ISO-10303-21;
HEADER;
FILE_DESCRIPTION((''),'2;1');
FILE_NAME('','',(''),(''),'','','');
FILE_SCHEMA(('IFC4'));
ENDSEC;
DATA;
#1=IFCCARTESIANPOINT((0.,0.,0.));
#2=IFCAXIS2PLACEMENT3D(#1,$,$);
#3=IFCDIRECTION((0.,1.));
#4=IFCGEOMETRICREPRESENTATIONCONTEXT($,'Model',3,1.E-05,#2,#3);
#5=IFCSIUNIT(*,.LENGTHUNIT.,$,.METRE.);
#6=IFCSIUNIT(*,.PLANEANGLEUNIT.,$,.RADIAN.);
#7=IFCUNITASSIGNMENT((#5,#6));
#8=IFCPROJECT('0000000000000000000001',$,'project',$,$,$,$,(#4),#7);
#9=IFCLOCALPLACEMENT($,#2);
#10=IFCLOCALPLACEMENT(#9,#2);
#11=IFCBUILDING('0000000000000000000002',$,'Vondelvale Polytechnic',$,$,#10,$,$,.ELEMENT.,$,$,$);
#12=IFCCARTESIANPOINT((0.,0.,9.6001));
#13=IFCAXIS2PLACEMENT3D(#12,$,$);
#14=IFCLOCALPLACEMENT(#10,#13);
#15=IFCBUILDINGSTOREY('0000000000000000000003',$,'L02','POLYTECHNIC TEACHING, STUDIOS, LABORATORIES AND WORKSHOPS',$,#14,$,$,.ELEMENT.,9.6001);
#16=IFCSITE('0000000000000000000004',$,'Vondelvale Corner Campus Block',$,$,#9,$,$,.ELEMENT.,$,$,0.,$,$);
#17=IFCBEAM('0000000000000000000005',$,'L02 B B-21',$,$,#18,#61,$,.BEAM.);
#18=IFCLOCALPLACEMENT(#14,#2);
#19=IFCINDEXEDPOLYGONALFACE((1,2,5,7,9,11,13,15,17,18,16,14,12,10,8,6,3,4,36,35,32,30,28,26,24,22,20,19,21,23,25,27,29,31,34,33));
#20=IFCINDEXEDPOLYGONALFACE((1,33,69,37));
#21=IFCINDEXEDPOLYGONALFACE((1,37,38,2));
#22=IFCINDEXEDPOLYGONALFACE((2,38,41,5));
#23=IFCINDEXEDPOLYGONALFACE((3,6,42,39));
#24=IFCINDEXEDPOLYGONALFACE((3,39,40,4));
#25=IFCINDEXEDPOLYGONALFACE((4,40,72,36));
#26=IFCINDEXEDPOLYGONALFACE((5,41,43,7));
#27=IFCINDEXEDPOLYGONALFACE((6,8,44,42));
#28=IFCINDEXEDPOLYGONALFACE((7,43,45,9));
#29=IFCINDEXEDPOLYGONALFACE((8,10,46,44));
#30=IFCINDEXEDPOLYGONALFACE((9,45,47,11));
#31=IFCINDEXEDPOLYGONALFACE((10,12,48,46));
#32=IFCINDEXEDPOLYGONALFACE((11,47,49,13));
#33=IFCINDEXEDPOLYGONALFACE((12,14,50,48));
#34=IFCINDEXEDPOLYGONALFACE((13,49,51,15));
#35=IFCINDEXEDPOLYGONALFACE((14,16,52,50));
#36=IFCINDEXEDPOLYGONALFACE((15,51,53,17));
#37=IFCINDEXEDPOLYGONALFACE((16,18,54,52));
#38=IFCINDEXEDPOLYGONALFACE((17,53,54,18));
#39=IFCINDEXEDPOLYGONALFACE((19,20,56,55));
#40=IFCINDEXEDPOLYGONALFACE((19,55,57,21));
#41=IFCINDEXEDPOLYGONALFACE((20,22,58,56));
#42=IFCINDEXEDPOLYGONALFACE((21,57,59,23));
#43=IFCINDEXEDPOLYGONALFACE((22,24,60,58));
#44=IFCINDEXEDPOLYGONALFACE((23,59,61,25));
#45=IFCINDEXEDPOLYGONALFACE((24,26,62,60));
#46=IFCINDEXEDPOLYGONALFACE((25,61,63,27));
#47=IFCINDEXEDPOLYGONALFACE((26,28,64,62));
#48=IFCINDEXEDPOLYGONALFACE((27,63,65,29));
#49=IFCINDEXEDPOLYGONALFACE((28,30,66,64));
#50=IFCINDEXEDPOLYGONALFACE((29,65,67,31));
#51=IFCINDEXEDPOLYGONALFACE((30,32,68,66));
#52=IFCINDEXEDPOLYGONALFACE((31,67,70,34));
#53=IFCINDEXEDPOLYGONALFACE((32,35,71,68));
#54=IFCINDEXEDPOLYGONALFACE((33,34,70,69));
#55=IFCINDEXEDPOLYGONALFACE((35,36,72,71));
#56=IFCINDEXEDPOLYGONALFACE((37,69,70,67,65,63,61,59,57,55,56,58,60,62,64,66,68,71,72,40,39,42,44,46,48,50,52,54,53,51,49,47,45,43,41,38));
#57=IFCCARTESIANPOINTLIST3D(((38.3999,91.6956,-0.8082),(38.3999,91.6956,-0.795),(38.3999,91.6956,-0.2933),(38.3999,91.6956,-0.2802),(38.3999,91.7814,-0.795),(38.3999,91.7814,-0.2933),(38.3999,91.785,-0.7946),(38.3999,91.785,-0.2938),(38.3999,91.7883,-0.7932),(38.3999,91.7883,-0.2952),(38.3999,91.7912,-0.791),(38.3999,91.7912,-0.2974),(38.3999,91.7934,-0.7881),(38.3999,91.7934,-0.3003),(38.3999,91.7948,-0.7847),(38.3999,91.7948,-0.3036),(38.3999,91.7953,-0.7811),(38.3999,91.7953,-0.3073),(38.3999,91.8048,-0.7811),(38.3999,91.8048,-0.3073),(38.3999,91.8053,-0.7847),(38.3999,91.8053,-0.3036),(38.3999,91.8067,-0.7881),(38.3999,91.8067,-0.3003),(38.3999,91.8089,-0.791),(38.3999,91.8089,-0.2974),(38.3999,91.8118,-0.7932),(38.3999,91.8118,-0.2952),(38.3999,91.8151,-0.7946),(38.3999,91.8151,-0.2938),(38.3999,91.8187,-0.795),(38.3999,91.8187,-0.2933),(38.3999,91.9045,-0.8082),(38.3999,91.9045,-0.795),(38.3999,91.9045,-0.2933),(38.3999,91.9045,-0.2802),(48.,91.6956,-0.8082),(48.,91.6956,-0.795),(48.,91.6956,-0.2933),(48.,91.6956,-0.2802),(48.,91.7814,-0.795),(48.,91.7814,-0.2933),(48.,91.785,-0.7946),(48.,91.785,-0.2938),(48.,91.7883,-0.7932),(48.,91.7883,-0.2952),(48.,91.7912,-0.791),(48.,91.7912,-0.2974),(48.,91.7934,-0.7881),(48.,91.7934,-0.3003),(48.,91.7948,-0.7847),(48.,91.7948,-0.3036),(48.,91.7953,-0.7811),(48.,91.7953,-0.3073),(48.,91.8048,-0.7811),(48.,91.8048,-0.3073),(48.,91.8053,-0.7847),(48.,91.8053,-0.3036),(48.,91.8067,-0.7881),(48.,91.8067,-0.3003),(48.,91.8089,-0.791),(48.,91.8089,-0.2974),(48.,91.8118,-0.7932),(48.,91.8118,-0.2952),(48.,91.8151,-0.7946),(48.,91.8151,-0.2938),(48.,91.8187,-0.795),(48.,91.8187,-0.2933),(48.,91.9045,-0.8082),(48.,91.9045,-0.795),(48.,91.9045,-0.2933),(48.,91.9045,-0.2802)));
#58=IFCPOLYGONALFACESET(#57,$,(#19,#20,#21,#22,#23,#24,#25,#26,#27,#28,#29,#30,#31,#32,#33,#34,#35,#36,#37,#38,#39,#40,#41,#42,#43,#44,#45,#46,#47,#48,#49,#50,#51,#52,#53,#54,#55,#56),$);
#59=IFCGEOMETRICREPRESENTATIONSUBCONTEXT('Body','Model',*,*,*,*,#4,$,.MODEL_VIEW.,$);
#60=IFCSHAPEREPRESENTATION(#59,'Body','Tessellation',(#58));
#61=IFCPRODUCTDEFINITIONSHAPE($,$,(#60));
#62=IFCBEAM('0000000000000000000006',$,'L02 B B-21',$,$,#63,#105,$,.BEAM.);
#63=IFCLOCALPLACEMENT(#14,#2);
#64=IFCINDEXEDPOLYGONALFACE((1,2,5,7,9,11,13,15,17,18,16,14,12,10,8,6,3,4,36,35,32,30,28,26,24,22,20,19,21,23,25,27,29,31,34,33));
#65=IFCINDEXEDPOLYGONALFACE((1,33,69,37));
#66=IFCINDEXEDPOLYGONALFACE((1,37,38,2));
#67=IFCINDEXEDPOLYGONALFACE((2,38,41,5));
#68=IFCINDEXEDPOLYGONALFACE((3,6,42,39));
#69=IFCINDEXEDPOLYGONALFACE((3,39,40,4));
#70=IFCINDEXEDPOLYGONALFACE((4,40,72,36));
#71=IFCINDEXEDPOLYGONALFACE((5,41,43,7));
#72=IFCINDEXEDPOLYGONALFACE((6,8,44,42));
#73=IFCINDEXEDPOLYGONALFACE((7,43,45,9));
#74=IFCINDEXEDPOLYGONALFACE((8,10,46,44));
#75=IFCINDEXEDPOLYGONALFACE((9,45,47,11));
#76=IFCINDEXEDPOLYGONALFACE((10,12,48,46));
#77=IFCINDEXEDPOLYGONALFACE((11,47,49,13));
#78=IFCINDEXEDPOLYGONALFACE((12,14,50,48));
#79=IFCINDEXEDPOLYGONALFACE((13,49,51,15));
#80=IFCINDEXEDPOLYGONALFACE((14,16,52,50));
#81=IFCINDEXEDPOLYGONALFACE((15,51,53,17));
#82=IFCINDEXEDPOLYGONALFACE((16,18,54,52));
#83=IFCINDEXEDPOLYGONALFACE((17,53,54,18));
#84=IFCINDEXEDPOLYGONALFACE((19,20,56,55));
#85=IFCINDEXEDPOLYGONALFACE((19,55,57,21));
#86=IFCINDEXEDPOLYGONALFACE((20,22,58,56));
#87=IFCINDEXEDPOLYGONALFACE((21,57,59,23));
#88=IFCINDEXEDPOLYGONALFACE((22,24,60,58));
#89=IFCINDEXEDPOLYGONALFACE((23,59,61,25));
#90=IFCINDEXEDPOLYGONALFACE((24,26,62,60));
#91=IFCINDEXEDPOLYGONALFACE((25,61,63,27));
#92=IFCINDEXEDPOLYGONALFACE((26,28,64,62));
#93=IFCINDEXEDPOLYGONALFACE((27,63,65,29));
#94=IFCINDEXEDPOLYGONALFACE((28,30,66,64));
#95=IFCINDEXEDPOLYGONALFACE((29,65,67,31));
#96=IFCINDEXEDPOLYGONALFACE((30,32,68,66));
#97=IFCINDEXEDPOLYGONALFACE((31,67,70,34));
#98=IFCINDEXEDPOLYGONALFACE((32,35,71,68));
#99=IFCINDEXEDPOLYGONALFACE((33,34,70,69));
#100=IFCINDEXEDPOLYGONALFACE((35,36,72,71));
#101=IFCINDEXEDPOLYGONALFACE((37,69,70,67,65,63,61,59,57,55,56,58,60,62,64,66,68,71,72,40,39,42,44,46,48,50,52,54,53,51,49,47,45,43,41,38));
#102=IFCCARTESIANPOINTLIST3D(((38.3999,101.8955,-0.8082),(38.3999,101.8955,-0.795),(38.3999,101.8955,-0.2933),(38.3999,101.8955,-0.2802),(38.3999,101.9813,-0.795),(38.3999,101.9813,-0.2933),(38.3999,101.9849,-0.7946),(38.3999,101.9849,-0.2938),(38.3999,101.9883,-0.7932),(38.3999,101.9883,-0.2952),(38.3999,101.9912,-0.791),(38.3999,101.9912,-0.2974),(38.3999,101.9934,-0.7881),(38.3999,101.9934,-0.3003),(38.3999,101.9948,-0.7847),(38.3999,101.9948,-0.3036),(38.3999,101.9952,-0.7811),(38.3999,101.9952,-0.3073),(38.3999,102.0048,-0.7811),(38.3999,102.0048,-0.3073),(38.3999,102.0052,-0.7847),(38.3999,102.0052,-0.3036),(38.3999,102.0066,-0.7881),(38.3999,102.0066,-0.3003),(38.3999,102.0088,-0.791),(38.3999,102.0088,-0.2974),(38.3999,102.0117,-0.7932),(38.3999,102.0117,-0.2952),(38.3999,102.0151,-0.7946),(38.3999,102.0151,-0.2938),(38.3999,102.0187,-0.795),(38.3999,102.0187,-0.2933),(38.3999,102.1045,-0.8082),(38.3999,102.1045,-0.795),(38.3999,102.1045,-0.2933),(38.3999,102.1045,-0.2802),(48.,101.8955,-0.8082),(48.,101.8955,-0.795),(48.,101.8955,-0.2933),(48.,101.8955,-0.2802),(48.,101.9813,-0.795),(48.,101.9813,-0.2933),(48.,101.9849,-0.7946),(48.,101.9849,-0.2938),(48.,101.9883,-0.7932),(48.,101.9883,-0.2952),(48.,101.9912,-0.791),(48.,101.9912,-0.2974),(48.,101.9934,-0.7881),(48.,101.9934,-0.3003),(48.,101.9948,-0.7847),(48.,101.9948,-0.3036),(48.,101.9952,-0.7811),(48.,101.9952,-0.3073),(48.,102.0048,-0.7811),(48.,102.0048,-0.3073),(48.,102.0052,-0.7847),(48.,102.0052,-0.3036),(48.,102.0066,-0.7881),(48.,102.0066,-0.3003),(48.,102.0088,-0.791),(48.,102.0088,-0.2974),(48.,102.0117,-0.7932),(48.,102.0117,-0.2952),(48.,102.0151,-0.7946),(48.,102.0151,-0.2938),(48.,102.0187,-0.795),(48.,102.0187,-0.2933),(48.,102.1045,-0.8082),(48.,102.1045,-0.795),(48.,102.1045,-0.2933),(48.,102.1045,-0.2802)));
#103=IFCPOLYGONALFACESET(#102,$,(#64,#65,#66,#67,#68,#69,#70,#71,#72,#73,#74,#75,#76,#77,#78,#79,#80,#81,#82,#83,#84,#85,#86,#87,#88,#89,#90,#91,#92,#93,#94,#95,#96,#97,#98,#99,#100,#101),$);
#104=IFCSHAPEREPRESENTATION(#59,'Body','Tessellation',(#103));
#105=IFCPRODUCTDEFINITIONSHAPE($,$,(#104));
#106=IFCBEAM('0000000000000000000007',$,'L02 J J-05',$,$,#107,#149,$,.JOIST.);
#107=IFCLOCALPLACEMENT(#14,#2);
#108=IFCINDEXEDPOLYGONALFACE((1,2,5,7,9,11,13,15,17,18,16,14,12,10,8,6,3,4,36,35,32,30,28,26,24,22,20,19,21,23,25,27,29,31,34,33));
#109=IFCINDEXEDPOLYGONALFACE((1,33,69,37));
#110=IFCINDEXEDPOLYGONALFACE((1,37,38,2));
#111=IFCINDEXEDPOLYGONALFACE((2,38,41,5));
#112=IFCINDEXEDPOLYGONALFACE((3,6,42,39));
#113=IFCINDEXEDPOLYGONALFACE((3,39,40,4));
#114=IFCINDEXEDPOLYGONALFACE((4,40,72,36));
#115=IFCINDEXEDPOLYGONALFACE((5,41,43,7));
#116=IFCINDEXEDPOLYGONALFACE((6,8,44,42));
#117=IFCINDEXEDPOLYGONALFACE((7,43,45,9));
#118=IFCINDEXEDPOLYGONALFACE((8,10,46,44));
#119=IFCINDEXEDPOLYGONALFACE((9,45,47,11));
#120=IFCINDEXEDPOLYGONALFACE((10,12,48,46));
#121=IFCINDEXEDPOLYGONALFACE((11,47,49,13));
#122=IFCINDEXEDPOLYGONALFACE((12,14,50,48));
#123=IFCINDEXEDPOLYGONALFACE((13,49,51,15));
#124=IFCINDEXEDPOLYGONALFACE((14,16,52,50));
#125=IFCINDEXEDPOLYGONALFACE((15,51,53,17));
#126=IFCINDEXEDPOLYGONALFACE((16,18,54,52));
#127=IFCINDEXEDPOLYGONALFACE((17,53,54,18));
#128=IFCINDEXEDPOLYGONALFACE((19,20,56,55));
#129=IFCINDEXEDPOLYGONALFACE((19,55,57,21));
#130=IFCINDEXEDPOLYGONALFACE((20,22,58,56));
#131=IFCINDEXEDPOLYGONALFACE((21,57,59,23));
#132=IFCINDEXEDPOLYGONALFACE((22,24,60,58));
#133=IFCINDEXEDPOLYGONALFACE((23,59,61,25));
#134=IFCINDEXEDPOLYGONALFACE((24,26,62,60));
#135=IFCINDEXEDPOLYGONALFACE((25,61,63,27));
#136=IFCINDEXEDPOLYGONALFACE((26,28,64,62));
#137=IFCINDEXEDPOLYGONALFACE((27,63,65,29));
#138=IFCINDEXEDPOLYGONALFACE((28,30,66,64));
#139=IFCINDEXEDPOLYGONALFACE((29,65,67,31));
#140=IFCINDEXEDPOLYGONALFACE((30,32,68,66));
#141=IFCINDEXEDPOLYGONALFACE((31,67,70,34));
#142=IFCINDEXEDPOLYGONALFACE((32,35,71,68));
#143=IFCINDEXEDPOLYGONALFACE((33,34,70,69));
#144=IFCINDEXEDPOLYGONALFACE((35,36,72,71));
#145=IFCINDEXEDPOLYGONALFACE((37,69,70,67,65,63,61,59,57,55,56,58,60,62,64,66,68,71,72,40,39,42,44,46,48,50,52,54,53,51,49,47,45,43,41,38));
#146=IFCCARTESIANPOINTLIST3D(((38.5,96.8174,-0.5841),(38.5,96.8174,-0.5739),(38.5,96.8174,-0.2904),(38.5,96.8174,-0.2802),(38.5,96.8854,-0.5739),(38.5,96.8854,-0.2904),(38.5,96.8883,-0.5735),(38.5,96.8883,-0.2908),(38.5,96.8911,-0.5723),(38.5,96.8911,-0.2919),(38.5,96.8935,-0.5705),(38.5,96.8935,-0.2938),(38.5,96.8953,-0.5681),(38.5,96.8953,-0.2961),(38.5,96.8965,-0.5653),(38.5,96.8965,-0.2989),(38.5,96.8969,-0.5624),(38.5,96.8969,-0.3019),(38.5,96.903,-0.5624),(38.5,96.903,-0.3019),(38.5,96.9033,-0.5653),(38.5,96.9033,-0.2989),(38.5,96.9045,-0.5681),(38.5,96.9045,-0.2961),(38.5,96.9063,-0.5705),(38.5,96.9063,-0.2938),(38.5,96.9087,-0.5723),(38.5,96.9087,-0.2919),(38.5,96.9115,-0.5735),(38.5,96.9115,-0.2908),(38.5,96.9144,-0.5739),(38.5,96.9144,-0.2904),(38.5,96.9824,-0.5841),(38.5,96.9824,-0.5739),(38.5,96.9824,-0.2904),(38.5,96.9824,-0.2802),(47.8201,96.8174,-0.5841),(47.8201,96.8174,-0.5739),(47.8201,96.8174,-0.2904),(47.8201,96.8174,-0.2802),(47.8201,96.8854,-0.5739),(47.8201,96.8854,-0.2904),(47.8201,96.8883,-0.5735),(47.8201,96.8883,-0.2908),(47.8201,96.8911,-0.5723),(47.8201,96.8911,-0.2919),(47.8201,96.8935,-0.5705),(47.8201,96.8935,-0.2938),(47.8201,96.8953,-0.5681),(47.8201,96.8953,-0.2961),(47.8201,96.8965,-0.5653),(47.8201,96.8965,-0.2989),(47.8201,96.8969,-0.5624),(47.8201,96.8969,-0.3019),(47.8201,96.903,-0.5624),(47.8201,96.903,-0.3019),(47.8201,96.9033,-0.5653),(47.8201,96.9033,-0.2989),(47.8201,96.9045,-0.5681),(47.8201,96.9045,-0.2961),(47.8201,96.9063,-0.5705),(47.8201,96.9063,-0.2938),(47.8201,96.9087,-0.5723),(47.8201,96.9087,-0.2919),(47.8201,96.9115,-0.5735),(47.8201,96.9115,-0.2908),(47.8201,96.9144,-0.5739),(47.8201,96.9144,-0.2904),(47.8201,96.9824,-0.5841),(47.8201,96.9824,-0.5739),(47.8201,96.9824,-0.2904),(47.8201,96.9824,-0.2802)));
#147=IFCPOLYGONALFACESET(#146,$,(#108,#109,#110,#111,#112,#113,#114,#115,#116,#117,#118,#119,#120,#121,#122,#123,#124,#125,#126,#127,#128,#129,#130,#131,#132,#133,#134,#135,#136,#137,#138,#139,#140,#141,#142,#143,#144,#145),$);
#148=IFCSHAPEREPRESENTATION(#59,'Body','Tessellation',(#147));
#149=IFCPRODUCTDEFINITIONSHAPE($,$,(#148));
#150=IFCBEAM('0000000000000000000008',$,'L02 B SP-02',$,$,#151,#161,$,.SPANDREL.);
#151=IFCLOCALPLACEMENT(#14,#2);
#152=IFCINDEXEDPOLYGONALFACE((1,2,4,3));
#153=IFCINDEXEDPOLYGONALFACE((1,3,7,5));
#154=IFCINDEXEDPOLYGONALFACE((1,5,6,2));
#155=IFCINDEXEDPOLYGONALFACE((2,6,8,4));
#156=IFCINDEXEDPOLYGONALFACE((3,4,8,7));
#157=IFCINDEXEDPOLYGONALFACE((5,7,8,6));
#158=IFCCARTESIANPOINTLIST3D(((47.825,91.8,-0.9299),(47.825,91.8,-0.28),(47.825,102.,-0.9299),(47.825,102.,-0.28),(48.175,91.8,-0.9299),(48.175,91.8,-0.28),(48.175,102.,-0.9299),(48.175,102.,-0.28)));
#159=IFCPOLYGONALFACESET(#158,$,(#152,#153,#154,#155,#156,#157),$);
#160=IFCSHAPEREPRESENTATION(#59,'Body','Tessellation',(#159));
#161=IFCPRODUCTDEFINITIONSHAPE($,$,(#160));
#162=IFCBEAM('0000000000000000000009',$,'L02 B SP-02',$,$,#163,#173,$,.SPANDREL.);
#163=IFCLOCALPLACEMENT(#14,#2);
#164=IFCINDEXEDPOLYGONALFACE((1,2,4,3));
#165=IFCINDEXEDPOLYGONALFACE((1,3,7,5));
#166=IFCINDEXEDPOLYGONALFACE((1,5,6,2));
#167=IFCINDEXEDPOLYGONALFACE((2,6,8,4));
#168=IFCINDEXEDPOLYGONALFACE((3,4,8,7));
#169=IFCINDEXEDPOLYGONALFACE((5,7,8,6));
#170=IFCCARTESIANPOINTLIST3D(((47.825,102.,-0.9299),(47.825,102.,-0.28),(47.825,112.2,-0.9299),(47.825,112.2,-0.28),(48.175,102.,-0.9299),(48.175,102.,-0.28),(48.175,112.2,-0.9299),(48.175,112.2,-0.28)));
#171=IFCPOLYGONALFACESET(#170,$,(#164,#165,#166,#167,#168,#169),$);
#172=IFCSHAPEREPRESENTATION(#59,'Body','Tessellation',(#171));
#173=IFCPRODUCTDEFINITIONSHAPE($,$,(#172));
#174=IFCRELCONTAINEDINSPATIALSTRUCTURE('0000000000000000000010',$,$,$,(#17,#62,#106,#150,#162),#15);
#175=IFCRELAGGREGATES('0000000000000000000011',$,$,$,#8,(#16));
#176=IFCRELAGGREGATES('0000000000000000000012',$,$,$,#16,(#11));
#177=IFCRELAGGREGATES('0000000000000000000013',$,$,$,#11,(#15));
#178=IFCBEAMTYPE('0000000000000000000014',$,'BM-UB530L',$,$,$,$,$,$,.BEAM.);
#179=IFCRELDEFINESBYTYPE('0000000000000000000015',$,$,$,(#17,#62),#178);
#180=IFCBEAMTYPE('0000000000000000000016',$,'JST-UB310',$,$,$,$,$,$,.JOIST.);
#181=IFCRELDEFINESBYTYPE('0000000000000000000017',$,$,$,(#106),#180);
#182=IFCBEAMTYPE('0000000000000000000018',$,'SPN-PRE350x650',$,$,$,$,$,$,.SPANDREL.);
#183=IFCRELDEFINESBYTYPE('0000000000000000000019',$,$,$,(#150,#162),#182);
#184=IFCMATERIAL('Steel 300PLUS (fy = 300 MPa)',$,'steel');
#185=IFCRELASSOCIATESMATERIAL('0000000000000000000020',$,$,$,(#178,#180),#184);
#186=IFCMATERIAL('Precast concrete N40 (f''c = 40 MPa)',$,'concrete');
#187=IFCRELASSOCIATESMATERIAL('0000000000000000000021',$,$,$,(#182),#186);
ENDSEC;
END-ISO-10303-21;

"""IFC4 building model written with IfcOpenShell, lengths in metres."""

from ifc_helpers import new_model, si_unit, direction, frame, origin, origin_2d, place, context, subcontext, project, spatial, rectangle, i_section, extrude, material, material_profile, profile_set, type_object, element, save


model = new_model("IFC4")

# Units and contexts
model_context = context("Model", 3, precision=1e-05, world=origin(), true_north=direction((0.0, 1.0)))
body_context = subcontext(model_context, "Body", "Model", "MODEL_VIEW")
ifc_project = project(units=[si_unit("LENGTHUNIT", "METRE"), si_unit("PLANEANGLEUNIT", "RADIAN")], contexts=[model_context])

# Site, building, storey
site_placement = place(None, origin())
site = spatial("IfcSite", under=ifc_project, at=site_placement, Name="Vondelvale Corner Campus Block", CompositionType="ELEMENT", RefElevation=0.0)
building_placement = place(site_placement, origin())
building = spatial("IfcBuilding", under=site, at=building_placement, Name="Vondelvale Polytechnic", CompositionType="ELEMENT")
storey_placement = place(building_placement, frame((0.0, 0.0, 9.6001)))
storey = spatial("IfcBuildingStorey", under=building, at=storey_placement, Name="L02", Description="POLYTECHNIC TEACHING, STUDIOS, LABORATORIES AND WORKSHOPS", CompositionType="ELEMENT", Elevation=9.6001)

# Beams
ifc_material_1 = material(Name="Steel 300PLUS (fy = 300 MPa)", Category="steel")
ifc_material_profile_1 = material_profile(ifc_material_1, i_section(OverallWidth=0.209, OverallDepth=0.5281, WebThickness=0.0095, FlangeThickness=0.0132, FilletRadius=0.0139, at=origin_2d()), Name="530UB82.0")
ifc_profile_set_1 = profile_set([ifc_material_profile_1], Name="Steel 300PLUS (fy = 300 MPa)")
beam_type_1 = type_object("IfcBeamType", Name="BM-UB530L", PredefinedType="BEAM", material=ifc_profile_set_1)
for number, where, z_axis, x_axis, name in (
    (1, (38.3999, 91.8, -0.5442), (1.0, 0.0, 0.0), (0.0, 1.0, 0.0), "L02 B B-21"),
    (2, (38.3999, 102.0, -0.5442), (1.0, 0.0, 0.0), (0.0, 1.0, 0.0), "L02 B B-21"),
):
    element("IfcBeam", number, at=place(storey_placement, frame(where, z_axis=z_axis, x_axis=x_axis)), inside=storey, type_object=beam_type_1, Name=name, PredefinedType="BEAM", context=body_context, shape_type="SweptSolid", body=[
        extrude(i_section(OverallWidth=0.209, OverallDepth=0.5281, WebThickness=0.0095, FlangeThickness=0.0132, FilletRadius=0.0139, at=origin_2d()), origin(), (0.0, 0.0, 1.0), 9.6001),
    ])
ifc_material_profile_2 = material_profile(ifc_material_1, i_section(OverallWidth=0.165, OverallDepth=0.304, WebThickness=0.0061, FlangeThickness=0.0103, FilletRadius=0.0115, at=origin_2d()), Name="310UB40.4")
ifc_profile_set_2 = profile_set([ifc_material_profile_2], Name="Steel 300PLUS (fy = 300 MPa)")
beam_type_2 = type_object("IfcBeamType", Name="JST-UB310", PredefinedType="JOIST", material=ifc_profile_set_2)
beam_placement = place(storey_placement, frame((38.5, 96.8999, -0.4321), z_axis=(1.0, 0.0, 0.0), x_axis=(0.0, 1.0, 0.0)))
element("IfcBeam", 3, at=beam_placement, inside=storey, type_object=beam_type_2, Name="L02 J J-05", PredefinedType="JOIST", context=body_context, shape_type="SweptSolid", body=[
    extrude(i_section(OverallWidth=0.165, OverallDepth=0.304, WebThickness=0.0061, FlangeThickness=0.0103, FilletRadius=0.0115, at=origin_2d()), origin(), (0.0, 0.0, 1.0), 9.3201),
])
ifc_material_2 = material(Name="Precast concrete N40 (f'c = 40 MPa)", Category="concrete")
ifc_material_profile_3 = material_profile(ifc_material_2, rectangle(XDim=0.3501, YDim=0.6499, at=origin_2d()), Name="RC-SPN-350x650")
ifc_profile_set_3 = profile_set([ifc_material_profile_3], Name="Precast concrete N40 (f'c = 40 MPa)")
beam_type_3 = type_object("IfcBeamType", Name="SPN-PRE350x650", PredefinedType="SPANDREL", material=ifc_profile_set_3)
for number, where, z_axis, x_axis, name in (
    (4, (48.0, 91.8, -0.605), (0.0, 1.0, 0.0), (-1.0, 0.0, 0.0), "L02 B SP-02"),
    (5, (48.0, 102.0, -0.605), (0.0, 1.0, 0.0), (-1.0, 0.0, 0.0), "L02 B SP-02"),
):
    element("IfcBeam", number, at=place(storey_placement, frame(where, z_axis=z_axis, x_axis=x_axis)), inside=storey, type_object=beam_type_3, Name=name, PredefinedType="SPANDREL", context=body_context, shape_type="SweptSolid", body=[
        extrude(rectangle(XDim=0.3501, YDim=0.6499, at=origin_2d()), origin(), (0.0, 0.0, 1.0), 10.2),
    ])

save(model, "model.ifc")
